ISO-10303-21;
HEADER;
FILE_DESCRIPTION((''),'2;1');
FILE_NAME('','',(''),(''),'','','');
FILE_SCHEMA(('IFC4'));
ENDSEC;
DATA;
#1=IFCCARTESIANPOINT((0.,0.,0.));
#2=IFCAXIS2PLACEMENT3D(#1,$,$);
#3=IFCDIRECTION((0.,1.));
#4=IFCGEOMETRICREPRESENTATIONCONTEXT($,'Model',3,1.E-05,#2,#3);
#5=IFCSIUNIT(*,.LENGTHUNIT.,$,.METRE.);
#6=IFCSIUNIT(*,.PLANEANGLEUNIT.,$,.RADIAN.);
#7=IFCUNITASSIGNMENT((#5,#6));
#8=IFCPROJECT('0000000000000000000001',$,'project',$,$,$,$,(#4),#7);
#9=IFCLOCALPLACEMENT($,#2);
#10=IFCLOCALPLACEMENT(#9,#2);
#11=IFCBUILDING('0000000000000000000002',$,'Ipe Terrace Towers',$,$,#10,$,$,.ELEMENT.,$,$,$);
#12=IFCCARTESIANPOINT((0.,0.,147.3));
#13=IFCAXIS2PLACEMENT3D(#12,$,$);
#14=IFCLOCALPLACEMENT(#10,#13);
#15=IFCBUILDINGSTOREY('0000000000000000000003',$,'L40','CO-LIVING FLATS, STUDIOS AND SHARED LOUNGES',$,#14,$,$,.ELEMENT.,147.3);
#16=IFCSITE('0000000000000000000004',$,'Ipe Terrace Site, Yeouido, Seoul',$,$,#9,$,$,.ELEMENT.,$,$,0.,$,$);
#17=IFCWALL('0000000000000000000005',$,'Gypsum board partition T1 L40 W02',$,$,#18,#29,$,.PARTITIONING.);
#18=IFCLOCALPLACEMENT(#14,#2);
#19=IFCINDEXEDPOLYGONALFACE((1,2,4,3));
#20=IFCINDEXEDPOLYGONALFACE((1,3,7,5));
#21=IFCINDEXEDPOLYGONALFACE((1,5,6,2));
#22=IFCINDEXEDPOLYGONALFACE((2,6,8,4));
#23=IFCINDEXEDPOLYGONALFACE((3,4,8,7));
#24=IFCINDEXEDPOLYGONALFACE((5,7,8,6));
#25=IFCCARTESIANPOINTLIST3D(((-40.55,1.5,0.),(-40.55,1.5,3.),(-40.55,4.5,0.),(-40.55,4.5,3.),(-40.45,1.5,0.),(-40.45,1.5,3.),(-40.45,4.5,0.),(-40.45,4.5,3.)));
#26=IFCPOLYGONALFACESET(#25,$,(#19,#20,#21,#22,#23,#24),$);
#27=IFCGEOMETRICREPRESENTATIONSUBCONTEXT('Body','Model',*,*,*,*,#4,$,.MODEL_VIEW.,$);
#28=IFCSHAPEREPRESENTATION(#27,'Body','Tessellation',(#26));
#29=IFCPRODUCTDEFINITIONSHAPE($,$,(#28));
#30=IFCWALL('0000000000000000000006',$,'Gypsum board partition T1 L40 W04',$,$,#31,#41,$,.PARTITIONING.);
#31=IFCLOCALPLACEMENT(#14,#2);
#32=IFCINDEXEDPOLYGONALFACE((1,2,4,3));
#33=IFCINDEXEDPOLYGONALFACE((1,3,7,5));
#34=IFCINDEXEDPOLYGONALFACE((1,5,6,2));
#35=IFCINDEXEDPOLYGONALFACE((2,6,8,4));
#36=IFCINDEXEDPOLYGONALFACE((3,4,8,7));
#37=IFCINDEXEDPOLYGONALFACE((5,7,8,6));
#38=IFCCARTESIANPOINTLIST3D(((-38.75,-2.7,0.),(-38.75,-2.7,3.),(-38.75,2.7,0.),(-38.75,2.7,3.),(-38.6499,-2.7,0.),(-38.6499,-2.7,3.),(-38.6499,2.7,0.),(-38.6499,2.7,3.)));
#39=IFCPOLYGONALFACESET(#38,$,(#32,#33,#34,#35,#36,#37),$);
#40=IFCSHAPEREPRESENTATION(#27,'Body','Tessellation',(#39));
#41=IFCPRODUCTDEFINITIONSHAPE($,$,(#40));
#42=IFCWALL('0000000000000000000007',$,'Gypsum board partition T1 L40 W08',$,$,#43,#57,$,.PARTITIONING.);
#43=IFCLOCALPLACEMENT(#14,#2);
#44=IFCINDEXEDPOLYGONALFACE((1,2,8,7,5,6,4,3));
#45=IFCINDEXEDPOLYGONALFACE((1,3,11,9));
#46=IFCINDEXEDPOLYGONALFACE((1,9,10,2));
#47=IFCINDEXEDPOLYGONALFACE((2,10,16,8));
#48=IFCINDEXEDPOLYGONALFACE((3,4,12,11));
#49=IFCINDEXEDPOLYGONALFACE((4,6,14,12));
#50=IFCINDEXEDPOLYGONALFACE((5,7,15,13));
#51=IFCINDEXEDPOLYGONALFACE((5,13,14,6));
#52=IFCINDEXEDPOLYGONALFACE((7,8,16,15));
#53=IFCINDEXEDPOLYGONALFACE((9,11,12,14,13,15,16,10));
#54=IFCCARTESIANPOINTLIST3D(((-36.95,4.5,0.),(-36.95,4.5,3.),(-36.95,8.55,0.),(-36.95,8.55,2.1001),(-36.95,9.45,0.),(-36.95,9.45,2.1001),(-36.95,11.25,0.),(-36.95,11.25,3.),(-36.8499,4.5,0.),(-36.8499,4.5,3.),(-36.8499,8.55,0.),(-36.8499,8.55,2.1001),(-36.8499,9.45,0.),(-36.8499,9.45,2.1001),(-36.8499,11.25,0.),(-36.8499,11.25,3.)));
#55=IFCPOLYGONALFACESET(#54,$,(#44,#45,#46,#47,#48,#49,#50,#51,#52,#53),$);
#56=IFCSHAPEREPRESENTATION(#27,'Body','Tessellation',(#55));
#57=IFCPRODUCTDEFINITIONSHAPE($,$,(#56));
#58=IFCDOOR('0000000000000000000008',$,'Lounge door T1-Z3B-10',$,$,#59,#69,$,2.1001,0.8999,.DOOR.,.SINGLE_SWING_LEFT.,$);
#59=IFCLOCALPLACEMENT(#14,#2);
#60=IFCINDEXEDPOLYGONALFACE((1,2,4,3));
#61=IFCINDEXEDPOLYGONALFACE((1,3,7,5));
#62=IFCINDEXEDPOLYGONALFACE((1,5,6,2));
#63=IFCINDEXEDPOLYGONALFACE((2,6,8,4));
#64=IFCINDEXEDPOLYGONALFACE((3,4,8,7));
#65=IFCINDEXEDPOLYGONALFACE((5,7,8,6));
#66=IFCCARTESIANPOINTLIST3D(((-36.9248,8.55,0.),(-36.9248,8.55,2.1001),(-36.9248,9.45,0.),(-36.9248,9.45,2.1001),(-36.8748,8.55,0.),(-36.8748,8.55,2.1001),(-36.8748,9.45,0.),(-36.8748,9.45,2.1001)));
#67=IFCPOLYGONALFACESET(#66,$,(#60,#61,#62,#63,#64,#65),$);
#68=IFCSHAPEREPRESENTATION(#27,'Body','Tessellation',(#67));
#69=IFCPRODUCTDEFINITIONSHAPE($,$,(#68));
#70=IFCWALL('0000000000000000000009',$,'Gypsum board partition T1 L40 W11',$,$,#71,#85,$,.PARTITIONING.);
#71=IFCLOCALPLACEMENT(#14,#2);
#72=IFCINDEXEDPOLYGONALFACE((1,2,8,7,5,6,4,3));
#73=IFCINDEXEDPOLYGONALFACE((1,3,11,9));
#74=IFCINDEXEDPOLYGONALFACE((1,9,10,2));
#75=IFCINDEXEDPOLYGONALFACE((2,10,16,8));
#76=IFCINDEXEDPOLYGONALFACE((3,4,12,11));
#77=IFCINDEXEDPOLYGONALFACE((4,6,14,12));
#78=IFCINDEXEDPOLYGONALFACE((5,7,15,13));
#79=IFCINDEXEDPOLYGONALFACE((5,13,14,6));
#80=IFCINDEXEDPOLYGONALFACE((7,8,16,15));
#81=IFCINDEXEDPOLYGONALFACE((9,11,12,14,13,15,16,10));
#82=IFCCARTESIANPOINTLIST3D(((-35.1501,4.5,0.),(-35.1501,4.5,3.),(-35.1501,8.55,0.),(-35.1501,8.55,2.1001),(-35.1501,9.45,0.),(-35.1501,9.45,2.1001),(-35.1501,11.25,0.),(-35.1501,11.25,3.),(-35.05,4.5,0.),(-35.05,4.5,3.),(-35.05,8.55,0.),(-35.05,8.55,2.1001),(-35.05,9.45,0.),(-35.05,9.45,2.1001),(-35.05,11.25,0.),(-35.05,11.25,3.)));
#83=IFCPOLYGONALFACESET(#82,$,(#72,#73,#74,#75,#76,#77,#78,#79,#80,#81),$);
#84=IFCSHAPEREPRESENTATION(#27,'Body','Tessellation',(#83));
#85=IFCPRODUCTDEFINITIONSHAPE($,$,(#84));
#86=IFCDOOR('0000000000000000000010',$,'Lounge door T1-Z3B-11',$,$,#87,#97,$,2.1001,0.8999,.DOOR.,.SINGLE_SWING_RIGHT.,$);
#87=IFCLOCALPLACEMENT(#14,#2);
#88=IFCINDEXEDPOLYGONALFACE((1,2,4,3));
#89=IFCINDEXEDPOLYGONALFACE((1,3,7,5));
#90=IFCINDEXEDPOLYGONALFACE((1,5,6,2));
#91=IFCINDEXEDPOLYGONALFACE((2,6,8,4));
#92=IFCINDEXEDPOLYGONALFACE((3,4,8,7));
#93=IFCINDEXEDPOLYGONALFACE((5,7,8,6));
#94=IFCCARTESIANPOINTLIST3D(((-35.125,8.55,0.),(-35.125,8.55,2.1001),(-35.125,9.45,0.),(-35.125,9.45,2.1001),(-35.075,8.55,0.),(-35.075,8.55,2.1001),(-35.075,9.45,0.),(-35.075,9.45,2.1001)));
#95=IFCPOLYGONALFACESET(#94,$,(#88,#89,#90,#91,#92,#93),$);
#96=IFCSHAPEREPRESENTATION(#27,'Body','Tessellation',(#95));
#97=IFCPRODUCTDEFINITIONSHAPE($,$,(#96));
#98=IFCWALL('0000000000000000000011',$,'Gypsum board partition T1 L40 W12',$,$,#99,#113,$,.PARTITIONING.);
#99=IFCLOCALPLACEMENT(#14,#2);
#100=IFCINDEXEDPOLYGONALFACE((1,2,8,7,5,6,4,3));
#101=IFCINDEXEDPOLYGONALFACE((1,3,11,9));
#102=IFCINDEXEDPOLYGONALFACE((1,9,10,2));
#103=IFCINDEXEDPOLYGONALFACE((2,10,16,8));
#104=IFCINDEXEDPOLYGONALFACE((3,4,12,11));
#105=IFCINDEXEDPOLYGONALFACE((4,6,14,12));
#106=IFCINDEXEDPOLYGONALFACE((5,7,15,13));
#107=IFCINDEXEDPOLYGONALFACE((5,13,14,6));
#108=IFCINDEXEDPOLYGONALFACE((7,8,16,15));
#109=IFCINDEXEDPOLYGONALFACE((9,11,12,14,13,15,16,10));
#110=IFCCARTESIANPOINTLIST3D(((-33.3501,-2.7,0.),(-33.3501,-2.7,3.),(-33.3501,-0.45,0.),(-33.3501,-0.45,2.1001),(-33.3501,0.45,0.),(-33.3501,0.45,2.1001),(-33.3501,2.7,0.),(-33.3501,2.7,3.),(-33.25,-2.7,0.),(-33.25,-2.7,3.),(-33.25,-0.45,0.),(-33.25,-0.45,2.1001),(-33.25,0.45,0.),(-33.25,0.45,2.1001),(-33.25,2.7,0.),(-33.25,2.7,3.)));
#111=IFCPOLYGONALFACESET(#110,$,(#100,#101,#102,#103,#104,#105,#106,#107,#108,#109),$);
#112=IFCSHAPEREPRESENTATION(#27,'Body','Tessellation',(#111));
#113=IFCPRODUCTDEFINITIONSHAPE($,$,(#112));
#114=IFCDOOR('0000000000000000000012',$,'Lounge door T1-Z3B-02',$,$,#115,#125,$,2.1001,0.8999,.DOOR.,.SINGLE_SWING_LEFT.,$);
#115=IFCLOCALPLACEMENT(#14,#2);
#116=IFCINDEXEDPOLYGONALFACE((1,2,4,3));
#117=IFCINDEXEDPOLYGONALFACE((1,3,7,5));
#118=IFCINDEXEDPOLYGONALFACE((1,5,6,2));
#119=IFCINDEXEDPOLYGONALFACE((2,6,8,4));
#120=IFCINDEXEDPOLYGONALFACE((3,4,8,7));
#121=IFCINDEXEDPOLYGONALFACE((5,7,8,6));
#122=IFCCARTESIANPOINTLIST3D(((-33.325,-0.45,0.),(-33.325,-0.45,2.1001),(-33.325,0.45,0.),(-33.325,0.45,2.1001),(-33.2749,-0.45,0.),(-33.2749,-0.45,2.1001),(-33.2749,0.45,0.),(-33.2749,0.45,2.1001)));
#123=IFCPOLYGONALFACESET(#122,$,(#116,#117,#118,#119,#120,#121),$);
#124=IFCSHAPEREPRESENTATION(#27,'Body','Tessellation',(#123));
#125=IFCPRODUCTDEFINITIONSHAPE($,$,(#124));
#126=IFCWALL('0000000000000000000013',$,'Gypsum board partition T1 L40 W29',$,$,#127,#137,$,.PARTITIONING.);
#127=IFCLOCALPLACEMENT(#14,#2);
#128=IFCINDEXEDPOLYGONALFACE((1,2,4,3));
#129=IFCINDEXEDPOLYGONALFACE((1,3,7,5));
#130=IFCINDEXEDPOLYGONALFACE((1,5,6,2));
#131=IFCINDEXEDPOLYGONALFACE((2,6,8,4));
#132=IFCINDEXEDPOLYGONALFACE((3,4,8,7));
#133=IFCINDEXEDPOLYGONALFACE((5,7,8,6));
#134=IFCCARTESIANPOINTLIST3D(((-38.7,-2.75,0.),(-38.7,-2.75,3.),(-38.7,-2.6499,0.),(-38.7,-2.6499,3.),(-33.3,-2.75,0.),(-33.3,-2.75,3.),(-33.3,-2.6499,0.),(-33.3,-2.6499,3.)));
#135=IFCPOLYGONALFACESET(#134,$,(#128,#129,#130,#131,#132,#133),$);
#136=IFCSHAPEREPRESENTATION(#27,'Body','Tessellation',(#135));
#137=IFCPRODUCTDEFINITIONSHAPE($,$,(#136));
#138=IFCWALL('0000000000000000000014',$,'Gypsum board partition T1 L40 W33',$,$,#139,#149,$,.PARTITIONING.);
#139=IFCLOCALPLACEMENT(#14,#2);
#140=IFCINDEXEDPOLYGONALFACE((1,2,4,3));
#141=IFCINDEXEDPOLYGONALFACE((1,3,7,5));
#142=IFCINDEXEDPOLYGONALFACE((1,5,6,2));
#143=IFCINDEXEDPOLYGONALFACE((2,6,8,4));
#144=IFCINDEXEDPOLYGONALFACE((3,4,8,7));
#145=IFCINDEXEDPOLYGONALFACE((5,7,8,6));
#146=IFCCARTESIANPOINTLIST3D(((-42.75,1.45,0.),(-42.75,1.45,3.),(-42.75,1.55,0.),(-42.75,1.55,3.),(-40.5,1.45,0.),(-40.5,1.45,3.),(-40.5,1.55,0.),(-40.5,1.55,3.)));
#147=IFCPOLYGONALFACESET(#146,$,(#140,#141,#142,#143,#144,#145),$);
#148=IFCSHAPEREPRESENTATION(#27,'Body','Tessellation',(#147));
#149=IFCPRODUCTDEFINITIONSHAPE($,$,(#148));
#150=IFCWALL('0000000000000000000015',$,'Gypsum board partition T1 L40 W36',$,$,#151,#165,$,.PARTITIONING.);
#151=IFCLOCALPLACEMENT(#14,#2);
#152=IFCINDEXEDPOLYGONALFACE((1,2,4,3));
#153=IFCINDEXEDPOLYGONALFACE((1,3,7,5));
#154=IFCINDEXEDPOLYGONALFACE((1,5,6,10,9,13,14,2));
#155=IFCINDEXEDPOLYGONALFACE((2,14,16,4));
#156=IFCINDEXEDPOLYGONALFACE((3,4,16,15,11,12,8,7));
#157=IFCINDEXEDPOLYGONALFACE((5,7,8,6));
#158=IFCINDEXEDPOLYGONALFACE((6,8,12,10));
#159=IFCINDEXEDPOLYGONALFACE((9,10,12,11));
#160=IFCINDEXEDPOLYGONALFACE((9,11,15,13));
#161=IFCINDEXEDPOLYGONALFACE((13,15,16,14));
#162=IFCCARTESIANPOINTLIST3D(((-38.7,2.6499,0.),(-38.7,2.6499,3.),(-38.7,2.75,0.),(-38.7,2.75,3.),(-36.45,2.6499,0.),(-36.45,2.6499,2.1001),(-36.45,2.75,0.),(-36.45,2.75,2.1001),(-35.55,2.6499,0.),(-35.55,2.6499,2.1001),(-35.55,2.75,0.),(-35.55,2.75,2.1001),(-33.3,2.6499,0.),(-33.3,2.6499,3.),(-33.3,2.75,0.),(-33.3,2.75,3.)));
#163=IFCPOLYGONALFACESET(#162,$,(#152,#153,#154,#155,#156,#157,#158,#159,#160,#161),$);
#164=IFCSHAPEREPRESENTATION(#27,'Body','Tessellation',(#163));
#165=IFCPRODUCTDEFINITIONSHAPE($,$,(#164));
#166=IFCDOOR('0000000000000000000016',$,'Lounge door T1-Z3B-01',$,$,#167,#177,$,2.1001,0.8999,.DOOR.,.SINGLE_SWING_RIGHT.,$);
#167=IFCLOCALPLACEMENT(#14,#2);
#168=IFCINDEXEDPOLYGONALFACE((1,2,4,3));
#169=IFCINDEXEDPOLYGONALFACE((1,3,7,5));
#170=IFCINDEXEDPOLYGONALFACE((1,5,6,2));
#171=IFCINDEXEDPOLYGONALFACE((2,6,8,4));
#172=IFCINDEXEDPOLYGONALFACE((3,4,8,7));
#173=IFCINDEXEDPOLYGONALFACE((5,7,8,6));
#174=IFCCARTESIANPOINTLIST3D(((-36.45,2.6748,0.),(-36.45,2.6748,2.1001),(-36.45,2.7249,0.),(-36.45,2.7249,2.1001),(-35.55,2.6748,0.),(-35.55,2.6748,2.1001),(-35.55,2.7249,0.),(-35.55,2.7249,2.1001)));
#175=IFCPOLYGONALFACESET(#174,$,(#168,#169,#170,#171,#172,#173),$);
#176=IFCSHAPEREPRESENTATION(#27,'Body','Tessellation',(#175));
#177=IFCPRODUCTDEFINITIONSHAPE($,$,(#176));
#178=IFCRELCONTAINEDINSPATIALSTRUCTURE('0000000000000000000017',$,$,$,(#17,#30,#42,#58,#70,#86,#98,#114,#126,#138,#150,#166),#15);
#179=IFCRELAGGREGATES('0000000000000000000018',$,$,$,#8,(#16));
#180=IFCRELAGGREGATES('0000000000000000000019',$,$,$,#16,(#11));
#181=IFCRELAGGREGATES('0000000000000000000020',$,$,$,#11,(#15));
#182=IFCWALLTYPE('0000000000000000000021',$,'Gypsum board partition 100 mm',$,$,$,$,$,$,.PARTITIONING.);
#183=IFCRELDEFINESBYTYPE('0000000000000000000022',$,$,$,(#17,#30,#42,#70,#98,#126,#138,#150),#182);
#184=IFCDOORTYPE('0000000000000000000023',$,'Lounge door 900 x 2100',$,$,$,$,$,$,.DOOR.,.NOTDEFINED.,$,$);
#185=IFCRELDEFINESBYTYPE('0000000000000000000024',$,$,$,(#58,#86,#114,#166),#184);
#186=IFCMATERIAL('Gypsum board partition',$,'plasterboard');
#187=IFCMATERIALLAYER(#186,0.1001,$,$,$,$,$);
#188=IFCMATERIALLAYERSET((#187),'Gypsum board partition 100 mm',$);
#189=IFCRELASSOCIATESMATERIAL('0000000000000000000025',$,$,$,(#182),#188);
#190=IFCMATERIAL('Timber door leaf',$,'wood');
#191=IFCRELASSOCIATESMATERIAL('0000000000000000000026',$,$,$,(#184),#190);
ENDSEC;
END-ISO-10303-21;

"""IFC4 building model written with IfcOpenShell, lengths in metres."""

from ifc_helpers import new_model, si_unit, direction, frame, frame_2d, origin, place, context, subcontext, project, spatial, rectangle, extrude, material, layer, layer_set, type_object, element, fill, save


model = new_model("IFC4")

# Units and contexts
model_context = context("Model", 3, precision=1e-05, world=origin(), true_north=direction((0.0, 1.0)))
body_context = subcontext(model_context, "Body", "Model", "MODEL_VIEW")
ifc_project = project(units=[si_unit("LENGTHUNIT", "METRE"), si_unit("PLANEANGLEUNIT", "RADIAN")], contexts=[model_context])

# Site, building, storey
site_placement = place(None, origin())
site = spatial("IfcSite", under=ifc_project, at=site_placement, Name="Ipe Terrace Site, Yeouido, Seoul", CompositionType="ELEMENT", RefElevation=0.0)
building_placement = place(site_placement, origin())
building = spatial("IfcBuilding", under=site, at=building_placement, Name="Ipe Terrace Towers", CompositionType="ELEMENT")
storey_placement = place(building_placement, frame((0.0, 0.0, 147.3)))
storey = spatial("IfcBuildingStorey", under=building, at=storey_placement, Name="L40", Description="CO-LIVING FLATS, STUDIOS AND SHARED LOUNGES", CompositionType="ELEMENT", Elevation=147.3)

# Walls
ifc_material_1 = material(Name="Gypsum board partition", Category="plasterboard")
ifc_layer = layer(ifc_material_1, 0.1001)
ifc_layer_set = layer_set([ifc_layer], Name="Gypsum board partition 100 mm")
wall_type = type_object("IfcWallType", Name="Gypsum board partition 100 mm", PredefinedType="PARTITIONING", material=ifc_layer_set)
wall_1_placement = place(storey_placement, frame((-40.5, 1.5, 0.0), z_axis=(0.0, 0.0, 1.0), x_axis=(0.0, 1.0, 0.0)))
element("IfcWall", 1, at=wall_1_placement, inside=storey, type_object=wall_type, Name="Gypsum board partition T1 L40 W02", PredefinedType="PARTITIONING", context=body_context, shape_type="SweptSolid", body=[
    extrude(rectangle(XDim=3.0, YDim=0.1001, at=frame_2d((1.5, 0.0))), origin(), (0.0, 0.0, 1.0), 3.0),
])
wall_2_placement = place(storey_placement, frame((-38.7, -2.7, 0.0), z_axis=(0.0, 0.0, 1.0), x_axis=(0.0, 1.0, 0.0)))
element("IfcWall", 2, at=wall_2_placement, inside=storey, type_object=wall_type, Name="Gypsum board partition T1 L40 W04", PredefinedType="PARTITIONING", context=body_context, shape_type="SweptSolid", body=[
    extrude(rectangle(XDim=5.3999, YDim=0.1001, at=frame_2d((2.7, 0.0))), origin(), (0.0, 0.0, 1.0), 3.0),
])

# Walls, openings, doors
wall_3_placement = place(storey_placement, frame((-36.8999, 4.5, 0.0), z_axis=(0.0, 0.0, 1.0), x_axis=(0.0, 1.0, 0.0)))
wall_3 = element("IfcWall", 3, at=wall_3_placement, inside=storey, type_object=wall_type, Name="Gypsum board partition T1 L40 W08", PredefinedType="PARTITIONING", context=body_context, shape_type="SweptSolid", body=[
    extrude(rectangle(XDim=6.75, YDim=0.1001, at=frame_2d((3.375, 0.0))), origin(), (0.0, 0.0, 1.0), 3.0),
])
opening_1_placement = place(wall_3_placement, frame((4.05, 0.0, 0.0)))
opening_1 = element("IfcOpeningElement", 4, at=opening_1_placement, cuts=wall_3, PredefinedType="OPENING", context=body_context, shape_type="SweptSolid", body=[
    extrude(rectangle(XDim=0.8999, YDim=2.1001, at=frame_2d((0.45, 1.05))), frame((0.0, 0.0601, 0.0), z_axis=(0.0, -1.0, 0.0), x_axis=(1.0, 0.0, 0.0)), (0.0, 0.0, 1.0), 0.1201),
])
ifc_material_2 = material(Name="Timber door leaf", Category="wood")
door_type = type_object("IfcDoorType", Name="Lounge door 900 x 2100", OperationType="NOTDEFINED", PredefinedType="DOOR", material=ifc_material_2)
door_1_placement = place(opening_1_placement, origin())
door_1 = element("IfcDoor", 5, at=door_1_placement, inside=storey, type_object=door_type, Name="Lounge door T1-Z3B-10", OperationType="SINGLE_SWING_LEFT", OverallHeight=2.1001, OverallWidth=0.8999, PredefinedType="DOOR", context=body_context, shape_type="SweptSolid", body=[
    extrude(rectangle(XDim=0.8999, YDim=2.1001, at=frame_2d((0.45, 1.05))), frame((0.0, 0.0249, 0.0), z_axis=(0.0, -1.0, 0.0), x_axis=(1.0, 0.0, 0.0)), (0.0, 0.0, 1.0), 0.05),
])
fill(opening_1, door_1)
wall_4_placement = place(storey_placement, frame((-35.1001, 4.5, 0.0), z_axis=(0.0, 0.0, 1.0), x_axis=(0.0, 1.0, 0.0)))
wall_4 = element("IfcWall", 6, at=wall_4_placement, inside=storey, type_object=wall_type, Name="Gypsum board partition T1 L40 W11", PredefinedType="PARTITIONING", context=body_context, shape_type="SweptSolid", body=[
    extrude(rectangle(XDim=6.75, YDim=0.1001, at=frame_2d((3.375, 0.0))), origin(), (0.0, 0.0, 1.0), 3.0),
])
opening_2_placement = place(wall_4_placement, frame((4.05, 0.0, 0.0)))
opening_2 = element("IfcOpeningElement", 7, at=opening_2_placement, cuts=wall_4, PredefinedType="OPENING", context=body_context, shape_type="SweptSolid", body=[
    extrude(rectangle(XDim=0.8999, YDim=2.1001, at=frame_2d((0.45, 1.05))), frame((0.0, 0.0601, 0.0), z_axis=(0.0, -1.0, 0.0), x_axis=(1.0, 0.0, 0.0)), (0.0, 0.0, 1.0), 0.1201),
])
door_2_placement = place(opening_2_placement, origin())
door_2 = element("IfcDoor", 8, at=door_2_placement, inside=storey, type_object=door_type, Name="Lounge door T1-Z3B-11", OperationType="SINGLE_SWING_RIGHT", OverallHeight=2.1001, OverallWidth=0.8999, PredefinedType="DOOR", context=body_context, shape_type="SweptSolid", body=[
    extrude(rectangle(XDim=0.8999, YDim=2.1001, at=frame_2d((0.45, 1.05))), frame((0.0, 0.0249, 0.0), z_axis=(0.0, -1.0, 0.0), x_axis=(1.0, 0.0, 0.0)), (0.0, 0.0, 1.0), 0.05),
])
fill(opening_2, door_2)
wall_5_placement = place(storey_placement, frame((-33.3, -2.7, 0.0), z_axis=(0.0, 0.0, 1.0), x_axis=(0.0, 1.0, 0.0)))
wall_5 = element("IfcWall", 9, at=wall_5_placement, inside=storey, type_object=wall_type, Name="Gypsum board partition T1 L40 W12", PredefinedType="PARTITIONING", context=body_context, shape_type="SweptSolid", body=[
    extrude(rectangle(XDim=5.3999, YDim=0.1001, at=frame_2d((2.7, 0.0))), origin(), (0.0, 0.0, 1.0), 3.0),
])
opening_3_placement = place(wall_5_placement, frame((2.25, 0.0, 0.0)))
opening_3 = element("IfcOpeningElement", 10, at=opening_3_placement, cuts=wall_5, PredefinedType="OPENING", context=body_context, shape_type="SweptSolid", body=[
    extrude(rectangle(XDim=0.8999, YDim=2.1001, at=frame_2d((0.45, 1.05))), frame((0.0, 0.0601, 0.0), z_axis=(0.0, -1.0, 0.0), x_axis=(1.0, 0.0, 0.0)), (0.0, 0.0, 1.0), 0.1201),
])
door_3_placement = place(opening_3_placement, origin())
door_3 = element("IfcDoor", 11, at=door_3_placement, inside=storey, type_object=door_type, Name="Lounge door T1-Z3B-02", OperationType="SINGLE_SWING_LEFT", OverallHeight=2.1001, OverallWidth=0.8999, PredefinedType="DOOR", context=body_context, shape_type="SweptSolid", body=[
    extrude(rectangle(XDim=0.8999, YDim=2.1001, at=frame_2d((0.45, 1.05))), frame((0.0, 0.0249, 0.0), z_axis=(0.0, -1.0, 0.0), x_axis=(1.0, 0.0, 0.0)), (0.0, 0.0, 1.0), 0.05),
])
fill(opening_3, door_3)

# Walls
wall_6_placement = place(storey_placement, frame((-38.7, -2.7, 0.0), z_axis=(0.0, 0.0, 1.0), x_axis=(1.0, 0.0, 0.0)))
element("IfcWall", 12, at=wall_6_placement, inside=storey, type_object=wall_type, Name="Gypsum board partition T1 L40 W29", PredefinedType="PARTITIONING", context=body_context, shape_type="SweptSolid", body=[
    extrude(rectangle(XDim=5.3999, YDim=0.1001, at=frame_2d((2.7, 0.0))), origin(), (0.0, 0.0, 1.0), 3.0),
])
wall_7_placement = place(storey_placement, frame((-42.75, 1.5, 0.0), z_axis=(0.0, 0.0, 1.0), x_axis=(1.0, 0.0, 0.0)))
element("IfcWall", 13, at=wall_7_placement, inside=storey, type_object=wall_type, Name="Gypsum board partition T1 L40 W33", PredefinedType="PARTITIONING", context=body_context, shape_type="SweptSolid", body=[
    extrude(rectangle(XDim=2.25, YDim=0.1001, at=frame_2d((1.125, 0.0))), origin(), (0.0, 0.0, 1.0), 3.0),
])

# Wall, opening, door
wall_8_placement = place(storey_placement, frame((-38.7, 2.7, 0.0), z_axis=(0.0, 0.0, 1.0), x_axis=(1.0, 0.0, 0.0)))
wall_8 = element("IfcWall", 14, at=wall_8_placement, inside=storey, type_object=wall_type, Name="Gypsum board partition T1 L40 W36", PredefinedType="PARTITIONING", context=body_context, shape_type="SweptSolid", body=[
    extrude(rectangle(XDim=5.3999, YDim=0.1001, at=frame_2d((2.7, 0.0))), origin(), (0.0, 0.0, 1.0), 3.0),
])
opening_4_placement = place(wall_8_placement, frame((2.25, 0.0, 0.0)))
opening_4 = element("IfcOpeningElement", 15, at=opening_4_placement, cuts=wall_8, PredefinedType="OPENING", context=body_context, shape_type="SweptSolid", body=[
    extrude(rectangle(XDim=0.8999, YDim=2.1001, at=frame_2d((0.45, 1.05))), frame((0.0, 0.0601, 0.0), z_axis=(0.0, -1.0, 0.0), x_axis=(1.0, 0.0, 0.0)), (0.0, 0.0, 1.0), 0.1201),
])
door_4_placement = place(opening_4_placement, origin())
door_4 = element("IfcDoor", 16, at=door_4_placement, inside=storey, type_object=door_type, Name="Lounge door T1-Z3B-01", OperationType="SINGLE_SWING_RIGHT", OverallHeight=2.1001, OverallWidth=0.8999, PredefinedType="DOOR", context=body_context, shape_type="SweptSolid", body=[
    extrude(rectangle(XDim=0.8999, YDim=2.1001, at=frame_2d((0.45, 1.05))), frame((0.0, 0.0249, 0.0), z_axis=(0.0, -1.0, 0.0), x_axis=(1.0, 0.0, 0.0)), (0.0, 0.0, 1.0), 0.05),
])
fill(opening_4, door_4)

save(model, "model.ifc")
